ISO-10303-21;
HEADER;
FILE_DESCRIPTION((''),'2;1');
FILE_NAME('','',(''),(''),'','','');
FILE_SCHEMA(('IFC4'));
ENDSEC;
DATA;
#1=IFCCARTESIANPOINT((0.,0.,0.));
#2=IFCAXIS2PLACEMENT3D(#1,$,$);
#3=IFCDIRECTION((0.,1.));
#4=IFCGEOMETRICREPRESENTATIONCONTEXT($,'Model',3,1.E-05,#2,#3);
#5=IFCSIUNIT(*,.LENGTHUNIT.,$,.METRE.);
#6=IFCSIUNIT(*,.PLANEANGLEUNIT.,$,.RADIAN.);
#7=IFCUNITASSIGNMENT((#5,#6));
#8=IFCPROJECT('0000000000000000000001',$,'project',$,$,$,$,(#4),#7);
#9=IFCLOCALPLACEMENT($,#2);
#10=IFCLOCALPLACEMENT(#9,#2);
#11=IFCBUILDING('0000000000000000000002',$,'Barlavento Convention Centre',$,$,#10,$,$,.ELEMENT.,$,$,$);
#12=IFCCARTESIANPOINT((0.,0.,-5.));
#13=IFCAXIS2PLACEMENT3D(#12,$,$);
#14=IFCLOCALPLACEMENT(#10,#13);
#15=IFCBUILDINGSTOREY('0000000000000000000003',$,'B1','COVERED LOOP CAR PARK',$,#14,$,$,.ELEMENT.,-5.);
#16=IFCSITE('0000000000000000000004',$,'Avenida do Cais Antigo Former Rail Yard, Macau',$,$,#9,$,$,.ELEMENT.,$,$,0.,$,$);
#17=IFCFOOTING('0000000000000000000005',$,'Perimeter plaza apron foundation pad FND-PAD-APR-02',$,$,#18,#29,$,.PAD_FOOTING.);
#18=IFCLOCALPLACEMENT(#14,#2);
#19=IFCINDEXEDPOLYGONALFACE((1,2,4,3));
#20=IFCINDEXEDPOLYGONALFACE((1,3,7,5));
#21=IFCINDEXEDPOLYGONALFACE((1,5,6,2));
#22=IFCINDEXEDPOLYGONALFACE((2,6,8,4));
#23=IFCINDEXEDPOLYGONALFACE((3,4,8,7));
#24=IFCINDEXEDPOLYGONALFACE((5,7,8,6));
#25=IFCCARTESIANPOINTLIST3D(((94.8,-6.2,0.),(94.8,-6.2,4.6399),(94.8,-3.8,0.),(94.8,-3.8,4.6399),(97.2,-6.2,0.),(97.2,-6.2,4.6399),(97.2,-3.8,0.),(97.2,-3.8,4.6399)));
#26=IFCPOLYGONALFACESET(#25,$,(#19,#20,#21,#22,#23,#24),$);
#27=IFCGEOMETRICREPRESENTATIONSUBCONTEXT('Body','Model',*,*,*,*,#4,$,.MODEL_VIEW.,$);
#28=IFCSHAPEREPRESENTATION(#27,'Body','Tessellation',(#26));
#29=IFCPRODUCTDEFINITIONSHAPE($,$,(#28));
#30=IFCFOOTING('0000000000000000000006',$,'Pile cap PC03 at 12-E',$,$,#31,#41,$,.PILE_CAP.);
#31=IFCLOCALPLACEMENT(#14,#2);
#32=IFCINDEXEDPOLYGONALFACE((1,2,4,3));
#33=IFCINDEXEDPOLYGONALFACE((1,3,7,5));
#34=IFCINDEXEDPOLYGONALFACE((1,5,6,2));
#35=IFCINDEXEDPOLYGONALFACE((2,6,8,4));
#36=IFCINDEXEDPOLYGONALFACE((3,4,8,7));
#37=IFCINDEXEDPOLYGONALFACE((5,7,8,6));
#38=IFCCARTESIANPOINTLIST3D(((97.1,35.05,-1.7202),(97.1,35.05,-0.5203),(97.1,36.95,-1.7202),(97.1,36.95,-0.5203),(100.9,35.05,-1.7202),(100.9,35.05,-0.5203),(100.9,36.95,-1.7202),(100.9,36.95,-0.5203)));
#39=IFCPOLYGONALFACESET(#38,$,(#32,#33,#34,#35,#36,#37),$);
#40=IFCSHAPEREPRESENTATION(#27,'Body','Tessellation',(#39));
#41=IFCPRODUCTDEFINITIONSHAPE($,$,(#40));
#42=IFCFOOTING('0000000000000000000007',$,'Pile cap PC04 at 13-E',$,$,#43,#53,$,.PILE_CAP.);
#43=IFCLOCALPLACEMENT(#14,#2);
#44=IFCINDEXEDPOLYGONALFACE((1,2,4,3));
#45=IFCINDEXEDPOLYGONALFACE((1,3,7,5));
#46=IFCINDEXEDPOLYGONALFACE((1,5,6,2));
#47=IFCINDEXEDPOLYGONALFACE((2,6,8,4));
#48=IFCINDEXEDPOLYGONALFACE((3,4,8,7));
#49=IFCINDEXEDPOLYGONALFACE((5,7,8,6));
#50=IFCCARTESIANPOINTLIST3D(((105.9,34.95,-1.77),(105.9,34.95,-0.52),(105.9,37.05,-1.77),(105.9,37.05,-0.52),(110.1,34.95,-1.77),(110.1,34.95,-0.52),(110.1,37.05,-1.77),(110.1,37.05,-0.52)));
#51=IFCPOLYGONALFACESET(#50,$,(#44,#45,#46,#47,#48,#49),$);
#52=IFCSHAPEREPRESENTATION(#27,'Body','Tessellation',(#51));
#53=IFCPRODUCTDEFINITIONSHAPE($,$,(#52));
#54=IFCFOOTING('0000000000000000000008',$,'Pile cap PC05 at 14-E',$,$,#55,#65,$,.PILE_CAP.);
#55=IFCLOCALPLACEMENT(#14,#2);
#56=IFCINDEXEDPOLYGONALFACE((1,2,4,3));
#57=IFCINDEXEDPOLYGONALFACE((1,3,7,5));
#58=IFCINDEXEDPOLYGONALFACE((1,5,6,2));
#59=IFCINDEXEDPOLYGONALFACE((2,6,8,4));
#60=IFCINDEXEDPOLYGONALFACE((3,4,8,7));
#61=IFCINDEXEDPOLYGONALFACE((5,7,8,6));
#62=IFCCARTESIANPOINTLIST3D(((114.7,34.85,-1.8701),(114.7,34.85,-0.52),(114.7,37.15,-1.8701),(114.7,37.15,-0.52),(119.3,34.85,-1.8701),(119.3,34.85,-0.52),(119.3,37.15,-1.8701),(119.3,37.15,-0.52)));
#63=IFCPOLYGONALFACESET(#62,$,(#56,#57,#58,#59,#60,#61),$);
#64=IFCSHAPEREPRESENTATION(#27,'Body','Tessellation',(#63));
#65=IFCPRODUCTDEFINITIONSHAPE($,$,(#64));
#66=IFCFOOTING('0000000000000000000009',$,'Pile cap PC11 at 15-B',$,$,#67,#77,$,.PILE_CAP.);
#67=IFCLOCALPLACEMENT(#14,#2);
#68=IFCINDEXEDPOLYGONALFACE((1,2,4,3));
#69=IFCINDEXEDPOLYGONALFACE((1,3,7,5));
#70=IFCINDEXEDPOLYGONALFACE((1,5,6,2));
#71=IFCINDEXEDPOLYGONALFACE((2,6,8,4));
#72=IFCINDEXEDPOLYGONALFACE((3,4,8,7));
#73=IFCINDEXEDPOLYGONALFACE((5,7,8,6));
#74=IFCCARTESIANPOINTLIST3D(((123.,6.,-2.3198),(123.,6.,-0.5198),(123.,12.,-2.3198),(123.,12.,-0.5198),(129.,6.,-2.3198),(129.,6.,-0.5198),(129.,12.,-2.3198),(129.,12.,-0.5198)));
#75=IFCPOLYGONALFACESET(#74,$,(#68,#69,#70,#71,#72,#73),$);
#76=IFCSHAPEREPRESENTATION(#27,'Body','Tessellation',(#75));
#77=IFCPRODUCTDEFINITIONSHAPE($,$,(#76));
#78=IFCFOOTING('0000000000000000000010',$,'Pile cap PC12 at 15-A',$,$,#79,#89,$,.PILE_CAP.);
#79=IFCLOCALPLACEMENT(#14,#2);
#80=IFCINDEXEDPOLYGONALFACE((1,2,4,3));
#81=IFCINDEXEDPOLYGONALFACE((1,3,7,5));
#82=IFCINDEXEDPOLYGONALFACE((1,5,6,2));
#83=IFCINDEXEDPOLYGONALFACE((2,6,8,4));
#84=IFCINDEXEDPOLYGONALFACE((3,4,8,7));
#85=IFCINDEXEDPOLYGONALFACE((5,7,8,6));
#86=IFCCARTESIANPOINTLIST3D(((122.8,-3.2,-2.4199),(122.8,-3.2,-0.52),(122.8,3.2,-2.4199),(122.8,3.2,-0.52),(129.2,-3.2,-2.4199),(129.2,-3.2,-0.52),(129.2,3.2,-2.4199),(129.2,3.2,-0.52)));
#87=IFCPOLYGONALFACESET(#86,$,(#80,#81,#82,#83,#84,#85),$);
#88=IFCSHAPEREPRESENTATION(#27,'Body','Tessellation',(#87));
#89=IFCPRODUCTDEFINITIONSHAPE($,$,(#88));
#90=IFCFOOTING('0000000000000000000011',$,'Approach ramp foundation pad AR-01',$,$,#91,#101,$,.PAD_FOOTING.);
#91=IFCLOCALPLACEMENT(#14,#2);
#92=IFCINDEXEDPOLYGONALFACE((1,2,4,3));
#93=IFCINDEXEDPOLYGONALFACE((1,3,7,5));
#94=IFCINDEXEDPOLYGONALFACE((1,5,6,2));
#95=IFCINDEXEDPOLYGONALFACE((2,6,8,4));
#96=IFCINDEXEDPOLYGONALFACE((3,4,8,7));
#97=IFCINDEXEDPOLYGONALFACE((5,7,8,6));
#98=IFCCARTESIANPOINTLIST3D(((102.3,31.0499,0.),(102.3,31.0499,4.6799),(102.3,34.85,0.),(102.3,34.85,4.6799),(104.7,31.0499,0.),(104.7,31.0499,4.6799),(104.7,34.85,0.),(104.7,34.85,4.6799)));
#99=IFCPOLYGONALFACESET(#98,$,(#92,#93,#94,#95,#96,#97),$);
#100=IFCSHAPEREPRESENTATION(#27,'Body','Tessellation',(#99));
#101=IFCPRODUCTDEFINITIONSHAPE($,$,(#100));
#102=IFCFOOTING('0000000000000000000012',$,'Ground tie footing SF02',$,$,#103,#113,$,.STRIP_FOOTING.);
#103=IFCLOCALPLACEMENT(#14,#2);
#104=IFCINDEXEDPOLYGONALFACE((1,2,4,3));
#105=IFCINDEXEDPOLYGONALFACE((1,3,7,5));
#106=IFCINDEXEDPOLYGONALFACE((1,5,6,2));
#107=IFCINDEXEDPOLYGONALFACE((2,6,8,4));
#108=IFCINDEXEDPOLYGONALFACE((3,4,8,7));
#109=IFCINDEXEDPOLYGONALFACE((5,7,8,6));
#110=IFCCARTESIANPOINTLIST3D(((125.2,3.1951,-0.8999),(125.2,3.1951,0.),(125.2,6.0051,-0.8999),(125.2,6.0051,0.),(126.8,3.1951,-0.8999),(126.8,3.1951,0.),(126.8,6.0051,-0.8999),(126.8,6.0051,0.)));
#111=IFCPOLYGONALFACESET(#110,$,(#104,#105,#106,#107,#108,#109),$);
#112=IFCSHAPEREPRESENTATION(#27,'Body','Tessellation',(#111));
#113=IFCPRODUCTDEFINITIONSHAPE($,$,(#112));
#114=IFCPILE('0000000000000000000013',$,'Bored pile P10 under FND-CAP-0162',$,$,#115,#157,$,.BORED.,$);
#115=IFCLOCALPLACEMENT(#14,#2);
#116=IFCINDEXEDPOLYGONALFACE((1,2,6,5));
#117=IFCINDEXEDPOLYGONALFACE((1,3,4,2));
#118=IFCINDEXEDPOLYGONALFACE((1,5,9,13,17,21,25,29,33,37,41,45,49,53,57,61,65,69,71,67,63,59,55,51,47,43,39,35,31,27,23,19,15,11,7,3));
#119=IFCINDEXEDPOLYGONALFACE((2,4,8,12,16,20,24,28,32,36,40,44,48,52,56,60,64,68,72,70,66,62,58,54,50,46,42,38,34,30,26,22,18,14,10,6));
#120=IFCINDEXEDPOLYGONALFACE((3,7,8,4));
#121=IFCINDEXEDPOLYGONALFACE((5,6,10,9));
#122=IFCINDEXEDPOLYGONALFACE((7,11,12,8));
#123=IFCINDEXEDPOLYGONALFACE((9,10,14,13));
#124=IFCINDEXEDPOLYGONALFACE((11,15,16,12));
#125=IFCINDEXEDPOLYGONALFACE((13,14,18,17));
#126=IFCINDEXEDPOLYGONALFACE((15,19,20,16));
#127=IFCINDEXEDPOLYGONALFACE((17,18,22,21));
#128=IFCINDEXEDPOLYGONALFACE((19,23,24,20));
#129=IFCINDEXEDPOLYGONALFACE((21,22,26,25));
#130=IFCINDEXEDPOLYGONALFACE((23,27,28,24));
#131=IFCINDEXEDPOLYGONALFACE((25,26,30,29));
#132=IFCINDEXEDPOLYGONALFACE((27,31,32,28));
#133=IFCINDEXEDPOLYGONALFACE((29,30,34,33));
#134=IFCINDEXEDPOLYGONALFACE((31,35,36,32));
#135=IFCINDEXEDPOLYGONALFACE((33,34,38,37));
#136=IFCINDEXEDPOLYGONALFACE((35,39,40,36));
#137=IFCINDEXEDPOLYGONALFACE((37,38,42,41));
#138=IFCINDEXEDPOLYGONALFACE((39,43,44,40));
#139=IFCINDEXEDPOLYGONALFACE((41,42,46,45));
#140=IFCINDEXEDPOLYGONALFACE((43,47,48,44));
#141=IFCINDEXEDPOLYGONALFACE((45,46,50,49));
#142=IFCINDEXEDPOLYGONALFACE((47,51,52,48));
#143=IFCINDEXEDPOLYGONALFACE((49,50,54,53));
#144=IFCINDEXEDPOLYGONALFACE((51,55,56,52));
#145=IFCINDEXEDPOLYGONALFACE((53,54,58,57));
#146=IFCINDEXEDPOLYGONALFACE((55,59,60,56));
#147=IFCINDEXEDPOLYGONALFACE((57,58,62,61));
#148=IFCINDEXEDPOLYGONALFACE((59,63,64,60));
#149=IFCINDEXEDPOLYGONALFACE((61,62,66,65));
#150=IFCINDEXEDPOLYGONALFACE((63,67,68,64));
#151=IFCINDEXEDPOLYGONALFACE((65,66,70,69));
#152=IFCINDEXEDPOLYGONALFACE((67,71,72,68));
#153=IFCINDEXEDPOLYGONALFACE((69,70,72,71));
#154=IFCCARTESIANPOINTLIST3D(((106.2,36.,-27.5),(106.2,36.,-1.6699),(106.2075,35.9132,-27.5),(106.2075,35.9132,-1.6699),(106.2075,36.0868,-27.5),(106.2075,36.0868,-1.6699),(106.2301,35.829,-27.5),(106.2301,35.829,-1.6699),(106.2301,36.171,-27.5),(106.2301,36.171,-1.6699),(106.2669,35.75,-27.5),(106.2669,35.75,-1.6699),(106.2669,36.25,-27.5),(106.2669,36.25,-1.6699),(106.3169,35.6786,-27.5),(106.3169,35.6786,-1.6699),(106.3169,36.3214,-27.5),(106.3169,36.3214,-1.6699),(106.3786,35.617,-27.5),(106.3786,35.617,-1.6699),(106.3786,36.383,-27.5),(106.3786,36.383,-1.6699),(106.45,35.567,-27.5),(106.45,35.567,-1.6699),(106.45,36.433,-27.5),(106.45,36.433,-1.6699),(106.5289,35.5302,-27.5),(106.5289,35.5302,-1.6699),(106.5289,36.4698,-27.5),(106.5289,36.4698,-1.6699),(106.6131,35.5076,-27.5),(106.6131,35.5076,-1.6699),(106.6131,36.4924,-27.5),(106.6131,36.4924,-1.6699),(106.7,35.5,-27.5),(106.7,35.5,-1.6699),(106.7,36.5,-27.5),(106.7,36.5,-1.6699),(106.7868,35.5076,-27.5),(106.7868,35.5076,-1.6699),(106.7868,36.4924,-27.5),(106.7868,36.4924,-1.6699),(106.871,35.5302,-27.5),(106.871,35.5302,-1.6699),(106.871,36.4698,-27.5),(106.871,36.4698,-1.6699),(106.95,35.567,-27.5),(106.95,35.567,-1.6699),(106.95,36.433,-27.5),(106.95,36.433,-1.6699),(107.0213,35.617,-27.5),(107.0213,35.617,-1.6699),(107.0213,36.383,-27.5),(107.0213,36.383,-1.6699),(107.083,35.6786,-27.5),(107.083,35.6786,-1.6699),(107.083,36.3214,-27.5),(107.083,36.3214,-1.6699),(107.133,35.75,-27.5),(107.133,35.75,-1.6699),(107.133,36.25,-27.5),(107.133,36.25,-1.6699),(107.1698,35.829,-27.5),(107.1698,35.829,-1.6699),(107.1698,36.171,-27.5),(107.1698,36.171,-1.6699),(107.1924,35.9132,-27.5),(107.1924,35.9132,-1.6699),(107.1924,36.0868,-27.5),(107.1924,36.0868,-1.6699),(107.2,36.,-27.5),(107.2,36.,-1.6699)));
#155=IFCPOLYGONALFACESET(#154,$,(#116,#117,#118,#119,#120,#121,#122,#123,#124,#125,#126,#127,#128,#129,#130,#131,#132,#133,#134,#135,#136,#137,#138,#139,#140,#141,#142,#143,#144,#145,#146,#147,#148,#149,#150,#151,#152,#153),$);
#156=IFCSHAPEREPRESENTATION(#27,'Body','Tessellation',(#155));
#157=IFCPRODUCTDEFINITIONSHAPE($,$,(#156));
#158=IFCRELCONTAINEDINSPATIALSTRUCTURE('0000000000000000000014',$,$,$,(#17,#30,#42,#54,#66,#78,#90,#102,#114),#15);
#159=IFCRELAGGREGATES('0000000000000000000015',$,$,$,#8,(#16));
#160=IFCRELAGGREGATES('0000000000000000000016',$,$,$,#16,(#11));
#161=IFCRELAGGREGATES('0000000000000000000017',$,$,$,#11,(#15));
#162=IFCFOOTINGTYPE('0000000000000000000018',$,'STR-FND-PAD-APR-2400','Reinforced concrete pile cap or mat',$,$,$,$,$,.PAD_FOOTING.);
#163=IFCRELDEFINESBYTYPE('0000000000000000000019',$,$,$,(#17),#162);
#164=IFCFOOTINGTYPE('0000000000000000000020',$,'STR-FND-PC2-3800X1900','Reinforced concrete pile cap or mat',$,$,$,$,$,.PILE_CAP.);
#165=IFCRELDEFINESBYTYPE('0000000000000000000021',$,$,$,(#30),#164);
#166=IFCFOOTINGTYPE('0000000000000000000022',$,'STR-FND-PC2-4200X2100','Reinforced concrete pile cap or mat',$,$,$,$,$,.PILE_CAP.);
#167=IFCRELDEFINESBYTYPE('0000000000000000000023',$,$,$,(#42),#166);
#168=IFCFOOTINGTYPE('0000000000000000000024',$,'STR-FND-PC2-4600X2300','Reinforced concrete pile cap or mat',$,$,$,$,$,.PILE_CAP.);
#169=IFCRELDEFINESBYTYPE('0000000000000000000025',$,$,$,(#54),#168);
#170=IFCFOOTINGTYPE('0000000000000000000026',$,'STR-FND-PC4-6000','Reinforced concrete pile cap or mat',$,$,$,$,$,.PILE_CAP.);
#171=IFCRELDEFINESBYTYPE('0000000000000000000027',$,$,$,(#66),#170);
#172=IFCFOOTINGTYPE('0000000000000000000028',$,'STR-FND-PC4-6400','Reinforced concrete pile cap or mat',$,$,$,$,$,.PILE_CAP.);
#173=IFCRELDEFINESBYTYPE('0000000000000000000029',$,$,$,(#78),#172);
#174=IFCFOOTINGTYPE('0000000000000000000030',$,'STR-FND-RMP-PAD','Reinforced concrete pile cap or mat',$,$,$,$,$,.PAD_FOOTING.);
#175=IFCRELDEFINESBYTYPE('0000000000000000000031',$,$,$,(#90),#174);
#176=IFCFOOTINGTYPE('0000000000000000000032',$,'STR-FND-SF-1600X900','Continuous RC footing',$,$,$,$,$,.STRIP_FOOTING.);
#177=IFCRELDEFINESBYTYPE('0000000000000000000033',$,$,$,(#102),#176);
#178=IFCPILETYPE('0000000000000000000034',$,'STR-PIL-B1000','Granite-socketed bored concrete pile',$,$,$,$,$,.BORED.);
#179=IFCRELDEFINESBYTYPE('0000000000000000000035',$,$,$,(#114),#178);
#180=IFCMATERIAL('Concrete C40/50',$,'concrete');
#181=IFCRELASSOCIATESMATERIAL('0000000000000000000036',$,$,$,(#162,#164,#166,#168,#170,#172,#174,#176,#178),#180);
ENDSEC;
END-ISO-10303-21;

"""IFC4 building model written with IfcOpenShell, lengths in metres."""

from ifc_helpers import new_model, si_unit, direction, frame, origin, origin_2d, place, context, subcontext, project, spatial, rectangle, circle, extrude, material, material_profile, profile_set, type_object, element, save


model = new_model("IFC4")

# Units and contexts
model_context = context("Model", 3, precision=1e-05, world=origin(), true_north=direction((0.0, 1.0)))
body_context = subcontext(model_context, "Body", "Model", "MODEL_VIEW")
ifc_project = project(units=[si_unit("LENGTHUNIT", "METRE"), si_unit("PLANEANGLEUNIT", "RADIAN")], contexts=[model_context])

# Site, building, storey
site_placement = place(None, origin())
site = spatial("IfcSite", under=ifc_project, at=site_placement, Name="Avenida do Cais Antigo Former Rail Yard, Macau", CompositionType="ELEMENT", RefElevation=0.0)
building_placement = place(site_placement, origin())
building = spatial("IfcBuilding", under=site, at=building_placement, Name="Barlavento Convention Centre", CompositionType="ELEMENT")
storey_placement = place(building_placement, frame((0.0, 0.0, -5.0)))
storey = spatial("IfcBuildingStorey", under=building, at=storey_placement, Name="B1", Description="COVERED LOOP CAR PARK", CompositionType="ELEMENT", Elevation=-5.0)

# Footings
ifc_material_1 = material(Name="Concrete C40/50", Category="concrete")
footing_type_1 = type_object("IfcFootingType", Name="STR-FND-PAD-APR-2400", Description="Reinforced concrete pile cap or mat", PredefinedType="PAD_FOOTING", material=ifc_material_1)
footing_1_placement = place(storey_placement, frame((96.0, -5.0, 0.0), z_axis=(0.0, 0.0, 1.0), x_axis=(1.0, 0.0, 0.0)))
element("IfcFooting", 1, at=footing_1_placement, inside=storey, type_object=footing_type_1, Name="Perimeter plaza apron foundation pad FND-PAD-APR-02", PredefinedType="PAD_FOOTING", context=body_context, shape_type="SweptSolid", body=[
    extrude(rectangle(XDim=2.3999, YDim=2.3999, at=origin_2d()), origin(), (0.0, 0.0, 1.0), 4.6399),
])
footing_type_2 = type_object("IfcFootingType", Name="STR-FND-PC2-3800X1900", Description="Reinforced concrete pile cap or mat", PredefinedType="PILE_CAP", material=ifc_material_1)
footing_2_placement = place(storey_placement, frame((99.0, 36.0, -1.7202), z_axis=(0.0, 0.0, 1.0), x_axis=(1.0, 0.0, 0.0)))
element("IfcFooting", 2, at=footing_2_placement, inside=storey, type_object=footing_type_2, Name="Pile cap PC03 at 12-E", PredefinedType="PILE_CAP", context=body_context, shape_type="SweptSolid", body=[
    extrude(rectangle(XDim=3.8, YDim=1.8999, at=origin_2d()), origin(), (0.0, 0.0, 1.0), 1.2),
])
footing_type_3 = type_object("IfcFootingType", Name="STR-FND-PC2-4200X2100", Description="Reinforced concrete pile cap or mat", PredefinedType="PILE_CAP", material=ifc_material_1)
footing_3_placement = place(storey_placement, frame((108.0, 36.0, -1.77), z_axis=(0.0, 0.0, 1.0), x_axis=(1.0, 0.0, 0.0)))
element("IfcFooting", 3, at=footing_3_placement, inside=storey, type_object=footing_type_3, Name="Pile cap PC04 at 13-E", PredefinedType="PILE_CAP", context=body_context, shape_type="SweptSolid", body=[
    extrude(rectangle(XDim=4.2, YDim=2.1001, at=origin_2d()), origin(), (0.0, 0.0, 1.0), 1.25),
])
footing_type_4 = type_object("IfcFootingType", Name="STR-FND-PC2-4600X2300", Description="Reinforced concrete pile cap or mat", PredefinedType="PILE_CAP", material=ifc_material_1)
footing_4_placement = place(storey_placement, frame((117.0, 36.0, -1.8701), z_axis=(0.0, 0.0, 1.0), x_axis=(1.0, 0.0, 0.0)))
element("IfcFooting", 4, at=footing_4_placement, inside=storey, type_object=footing_type_4, Name="Pile cap PC05 at 14-E", PredefinedType="PILE_CAP", context=body_context, shape_type="SweptSolid", body=[
    extrude(rectangle(XDim=4.6001, YDim=2.3, at=origin_2d()), origin(), (0.0, 0.0, 1.0), 1.3501),
])
footing_type_5 = type_object("IfcFootingType", Name="STR-FND-PC4-6000", Description="Reinforced concrete pile cap or mat", PredefinedType="PILE_CAP", material=ifc_material_1)
footing_5_placement = place(storey_placement, frame((126.0, 9.0, -2.3198), z_axis=(0.0, 0.0, 1.0), x_axis=(1.0, 0.0, 0.0)))
element("IfcFooting", 5, at=footing_5_placement, inside=storey, type_object=footing_type_5, Name="Pile cap PC11 at 15-B", PredefinedType="PILE_CAP", context=body_context, shape_type="SweptSolid", body=[
    extrude(rectangle(XDim=6.0, YDim=6.0, at=origin_2d()), origin(), (0.0, 0.0, 1.0), 1.8),
])
footing_type_6 = type_object("IfcFootingType", Name="STR-FND-PC4-6400", Description="Reinforced concrete pile cap or mat", PredefinedType="PILE_CAP", material=ifc_material_1)
footing_6_placement = place(storey_placement, frame((126.0, 0.0, -2.4199), z_axis=(0.0, 0.0, 1.0), x_axis=(1.0, 0.0, 0.0)))
element("IfcFooting", 6, at=footing_6_placement, inside=storey, type_object=footing_type_6, Name="Pile cap PC12 at 15-A", PredefinedType="PILE_CAP", context=body_context, shape_type="SweptSolid", body=[
    extrude(rectangle(XDim=6.3999, YDim=6.3999, at=origin_2d()), origin(), (0.0, 0.0, 1.0), 1.8999),
])
footing_type_7 = type_object("IfcFootingType", Name="STR-FND-RMP-PAD", Description="Reinforced concrete pile cap or mat", PredefinedType="PAD_FOOTING", material=ifc_material_1)
footing_7_placement = place(storey_placement, frame((103.5, 32.95, 0.0), z_axis=(0.0, 0.0, 1.0), x_axis=(1.0, 0.0, 0.0)))
element("IfcFooting", 7, at=footing_7_placement, inside=storey, type_object=footing_type_7, Name="Approach ramp foundation pad AR-01", PredefinedType="PAD_FOOTING", context=body_context, shape_type="SweptSolid", body=[
    extrude(rectangle(XDim=2.3999, YDim=3.8, at=origin_2d()), origin(), (0.0, 0.0, 1.0), 4.6799),
])
footing_type_8 = type_object("IfcFootingType", Name="STR-FND-SF-1600X900", Description="Continuous RC footing", PredefinedType="STRIP_FOOTING", material=ifc_material_1)
footing_8_placement = place(storey_placement, frame((126.0, 4.6001, -0.8999), z_axis=(0.0, 0.0, 1.0), x_axis=(1.0, 0.0, 0.0)))
element("IfcFooting", 8, at=footing_8_placement, inside=storey, type_object=footing_type_8, Name="Ground tie footing SF02", PredefinedType="STRIP_FOOTING", context=body_context, shape_type="SweptSolid", body=[
    extrude(rectangle(XDim=1.6001, YDim=2.8101, at=origin_2d()), origin(), (0.0, 0.0, 1.0), 0.8999),
])

# Pile
ifc_material_profile_1 = material_profile(ifc_material_1, circle(Radius=0.5, at=origin_2d()), Name="BORED PILE 1000")
ifc_profile_set_1 = profile_set([ifc_material_profile_1], Name="Concrete C40/50")
pile_type_1 = type_object("IfcPileType", Name="STR-PIL-B1000", Description="Granite-socketed bored concrete pile", PredefinedType="BORED", material=ifc_profile_set_1)
for number, where, z_axis, x_axis, name in (
    (9, (106.7, 36.0, -1.6699), (0.0, 0.0, -1.0), (1.0, 0.0, 0.0), "Bored pile P10 under FND-CAP-0162"),
):
    element("IfcPile", number, at=place(storey_placement, frame(where, z_axis=z_axis, x_axis=x_axis)), inside=storey, type_object=pile_type_1, Name=name, PredefinedType="BORED", context=body_context, shape_type="SweptSolid", body=[
        extrude(circle(Radius=0.5, at=origin_2d()), origin(), (0.0, 0.0, 1.0), 25.8301),
    ])

save(model, "model.ifc")
